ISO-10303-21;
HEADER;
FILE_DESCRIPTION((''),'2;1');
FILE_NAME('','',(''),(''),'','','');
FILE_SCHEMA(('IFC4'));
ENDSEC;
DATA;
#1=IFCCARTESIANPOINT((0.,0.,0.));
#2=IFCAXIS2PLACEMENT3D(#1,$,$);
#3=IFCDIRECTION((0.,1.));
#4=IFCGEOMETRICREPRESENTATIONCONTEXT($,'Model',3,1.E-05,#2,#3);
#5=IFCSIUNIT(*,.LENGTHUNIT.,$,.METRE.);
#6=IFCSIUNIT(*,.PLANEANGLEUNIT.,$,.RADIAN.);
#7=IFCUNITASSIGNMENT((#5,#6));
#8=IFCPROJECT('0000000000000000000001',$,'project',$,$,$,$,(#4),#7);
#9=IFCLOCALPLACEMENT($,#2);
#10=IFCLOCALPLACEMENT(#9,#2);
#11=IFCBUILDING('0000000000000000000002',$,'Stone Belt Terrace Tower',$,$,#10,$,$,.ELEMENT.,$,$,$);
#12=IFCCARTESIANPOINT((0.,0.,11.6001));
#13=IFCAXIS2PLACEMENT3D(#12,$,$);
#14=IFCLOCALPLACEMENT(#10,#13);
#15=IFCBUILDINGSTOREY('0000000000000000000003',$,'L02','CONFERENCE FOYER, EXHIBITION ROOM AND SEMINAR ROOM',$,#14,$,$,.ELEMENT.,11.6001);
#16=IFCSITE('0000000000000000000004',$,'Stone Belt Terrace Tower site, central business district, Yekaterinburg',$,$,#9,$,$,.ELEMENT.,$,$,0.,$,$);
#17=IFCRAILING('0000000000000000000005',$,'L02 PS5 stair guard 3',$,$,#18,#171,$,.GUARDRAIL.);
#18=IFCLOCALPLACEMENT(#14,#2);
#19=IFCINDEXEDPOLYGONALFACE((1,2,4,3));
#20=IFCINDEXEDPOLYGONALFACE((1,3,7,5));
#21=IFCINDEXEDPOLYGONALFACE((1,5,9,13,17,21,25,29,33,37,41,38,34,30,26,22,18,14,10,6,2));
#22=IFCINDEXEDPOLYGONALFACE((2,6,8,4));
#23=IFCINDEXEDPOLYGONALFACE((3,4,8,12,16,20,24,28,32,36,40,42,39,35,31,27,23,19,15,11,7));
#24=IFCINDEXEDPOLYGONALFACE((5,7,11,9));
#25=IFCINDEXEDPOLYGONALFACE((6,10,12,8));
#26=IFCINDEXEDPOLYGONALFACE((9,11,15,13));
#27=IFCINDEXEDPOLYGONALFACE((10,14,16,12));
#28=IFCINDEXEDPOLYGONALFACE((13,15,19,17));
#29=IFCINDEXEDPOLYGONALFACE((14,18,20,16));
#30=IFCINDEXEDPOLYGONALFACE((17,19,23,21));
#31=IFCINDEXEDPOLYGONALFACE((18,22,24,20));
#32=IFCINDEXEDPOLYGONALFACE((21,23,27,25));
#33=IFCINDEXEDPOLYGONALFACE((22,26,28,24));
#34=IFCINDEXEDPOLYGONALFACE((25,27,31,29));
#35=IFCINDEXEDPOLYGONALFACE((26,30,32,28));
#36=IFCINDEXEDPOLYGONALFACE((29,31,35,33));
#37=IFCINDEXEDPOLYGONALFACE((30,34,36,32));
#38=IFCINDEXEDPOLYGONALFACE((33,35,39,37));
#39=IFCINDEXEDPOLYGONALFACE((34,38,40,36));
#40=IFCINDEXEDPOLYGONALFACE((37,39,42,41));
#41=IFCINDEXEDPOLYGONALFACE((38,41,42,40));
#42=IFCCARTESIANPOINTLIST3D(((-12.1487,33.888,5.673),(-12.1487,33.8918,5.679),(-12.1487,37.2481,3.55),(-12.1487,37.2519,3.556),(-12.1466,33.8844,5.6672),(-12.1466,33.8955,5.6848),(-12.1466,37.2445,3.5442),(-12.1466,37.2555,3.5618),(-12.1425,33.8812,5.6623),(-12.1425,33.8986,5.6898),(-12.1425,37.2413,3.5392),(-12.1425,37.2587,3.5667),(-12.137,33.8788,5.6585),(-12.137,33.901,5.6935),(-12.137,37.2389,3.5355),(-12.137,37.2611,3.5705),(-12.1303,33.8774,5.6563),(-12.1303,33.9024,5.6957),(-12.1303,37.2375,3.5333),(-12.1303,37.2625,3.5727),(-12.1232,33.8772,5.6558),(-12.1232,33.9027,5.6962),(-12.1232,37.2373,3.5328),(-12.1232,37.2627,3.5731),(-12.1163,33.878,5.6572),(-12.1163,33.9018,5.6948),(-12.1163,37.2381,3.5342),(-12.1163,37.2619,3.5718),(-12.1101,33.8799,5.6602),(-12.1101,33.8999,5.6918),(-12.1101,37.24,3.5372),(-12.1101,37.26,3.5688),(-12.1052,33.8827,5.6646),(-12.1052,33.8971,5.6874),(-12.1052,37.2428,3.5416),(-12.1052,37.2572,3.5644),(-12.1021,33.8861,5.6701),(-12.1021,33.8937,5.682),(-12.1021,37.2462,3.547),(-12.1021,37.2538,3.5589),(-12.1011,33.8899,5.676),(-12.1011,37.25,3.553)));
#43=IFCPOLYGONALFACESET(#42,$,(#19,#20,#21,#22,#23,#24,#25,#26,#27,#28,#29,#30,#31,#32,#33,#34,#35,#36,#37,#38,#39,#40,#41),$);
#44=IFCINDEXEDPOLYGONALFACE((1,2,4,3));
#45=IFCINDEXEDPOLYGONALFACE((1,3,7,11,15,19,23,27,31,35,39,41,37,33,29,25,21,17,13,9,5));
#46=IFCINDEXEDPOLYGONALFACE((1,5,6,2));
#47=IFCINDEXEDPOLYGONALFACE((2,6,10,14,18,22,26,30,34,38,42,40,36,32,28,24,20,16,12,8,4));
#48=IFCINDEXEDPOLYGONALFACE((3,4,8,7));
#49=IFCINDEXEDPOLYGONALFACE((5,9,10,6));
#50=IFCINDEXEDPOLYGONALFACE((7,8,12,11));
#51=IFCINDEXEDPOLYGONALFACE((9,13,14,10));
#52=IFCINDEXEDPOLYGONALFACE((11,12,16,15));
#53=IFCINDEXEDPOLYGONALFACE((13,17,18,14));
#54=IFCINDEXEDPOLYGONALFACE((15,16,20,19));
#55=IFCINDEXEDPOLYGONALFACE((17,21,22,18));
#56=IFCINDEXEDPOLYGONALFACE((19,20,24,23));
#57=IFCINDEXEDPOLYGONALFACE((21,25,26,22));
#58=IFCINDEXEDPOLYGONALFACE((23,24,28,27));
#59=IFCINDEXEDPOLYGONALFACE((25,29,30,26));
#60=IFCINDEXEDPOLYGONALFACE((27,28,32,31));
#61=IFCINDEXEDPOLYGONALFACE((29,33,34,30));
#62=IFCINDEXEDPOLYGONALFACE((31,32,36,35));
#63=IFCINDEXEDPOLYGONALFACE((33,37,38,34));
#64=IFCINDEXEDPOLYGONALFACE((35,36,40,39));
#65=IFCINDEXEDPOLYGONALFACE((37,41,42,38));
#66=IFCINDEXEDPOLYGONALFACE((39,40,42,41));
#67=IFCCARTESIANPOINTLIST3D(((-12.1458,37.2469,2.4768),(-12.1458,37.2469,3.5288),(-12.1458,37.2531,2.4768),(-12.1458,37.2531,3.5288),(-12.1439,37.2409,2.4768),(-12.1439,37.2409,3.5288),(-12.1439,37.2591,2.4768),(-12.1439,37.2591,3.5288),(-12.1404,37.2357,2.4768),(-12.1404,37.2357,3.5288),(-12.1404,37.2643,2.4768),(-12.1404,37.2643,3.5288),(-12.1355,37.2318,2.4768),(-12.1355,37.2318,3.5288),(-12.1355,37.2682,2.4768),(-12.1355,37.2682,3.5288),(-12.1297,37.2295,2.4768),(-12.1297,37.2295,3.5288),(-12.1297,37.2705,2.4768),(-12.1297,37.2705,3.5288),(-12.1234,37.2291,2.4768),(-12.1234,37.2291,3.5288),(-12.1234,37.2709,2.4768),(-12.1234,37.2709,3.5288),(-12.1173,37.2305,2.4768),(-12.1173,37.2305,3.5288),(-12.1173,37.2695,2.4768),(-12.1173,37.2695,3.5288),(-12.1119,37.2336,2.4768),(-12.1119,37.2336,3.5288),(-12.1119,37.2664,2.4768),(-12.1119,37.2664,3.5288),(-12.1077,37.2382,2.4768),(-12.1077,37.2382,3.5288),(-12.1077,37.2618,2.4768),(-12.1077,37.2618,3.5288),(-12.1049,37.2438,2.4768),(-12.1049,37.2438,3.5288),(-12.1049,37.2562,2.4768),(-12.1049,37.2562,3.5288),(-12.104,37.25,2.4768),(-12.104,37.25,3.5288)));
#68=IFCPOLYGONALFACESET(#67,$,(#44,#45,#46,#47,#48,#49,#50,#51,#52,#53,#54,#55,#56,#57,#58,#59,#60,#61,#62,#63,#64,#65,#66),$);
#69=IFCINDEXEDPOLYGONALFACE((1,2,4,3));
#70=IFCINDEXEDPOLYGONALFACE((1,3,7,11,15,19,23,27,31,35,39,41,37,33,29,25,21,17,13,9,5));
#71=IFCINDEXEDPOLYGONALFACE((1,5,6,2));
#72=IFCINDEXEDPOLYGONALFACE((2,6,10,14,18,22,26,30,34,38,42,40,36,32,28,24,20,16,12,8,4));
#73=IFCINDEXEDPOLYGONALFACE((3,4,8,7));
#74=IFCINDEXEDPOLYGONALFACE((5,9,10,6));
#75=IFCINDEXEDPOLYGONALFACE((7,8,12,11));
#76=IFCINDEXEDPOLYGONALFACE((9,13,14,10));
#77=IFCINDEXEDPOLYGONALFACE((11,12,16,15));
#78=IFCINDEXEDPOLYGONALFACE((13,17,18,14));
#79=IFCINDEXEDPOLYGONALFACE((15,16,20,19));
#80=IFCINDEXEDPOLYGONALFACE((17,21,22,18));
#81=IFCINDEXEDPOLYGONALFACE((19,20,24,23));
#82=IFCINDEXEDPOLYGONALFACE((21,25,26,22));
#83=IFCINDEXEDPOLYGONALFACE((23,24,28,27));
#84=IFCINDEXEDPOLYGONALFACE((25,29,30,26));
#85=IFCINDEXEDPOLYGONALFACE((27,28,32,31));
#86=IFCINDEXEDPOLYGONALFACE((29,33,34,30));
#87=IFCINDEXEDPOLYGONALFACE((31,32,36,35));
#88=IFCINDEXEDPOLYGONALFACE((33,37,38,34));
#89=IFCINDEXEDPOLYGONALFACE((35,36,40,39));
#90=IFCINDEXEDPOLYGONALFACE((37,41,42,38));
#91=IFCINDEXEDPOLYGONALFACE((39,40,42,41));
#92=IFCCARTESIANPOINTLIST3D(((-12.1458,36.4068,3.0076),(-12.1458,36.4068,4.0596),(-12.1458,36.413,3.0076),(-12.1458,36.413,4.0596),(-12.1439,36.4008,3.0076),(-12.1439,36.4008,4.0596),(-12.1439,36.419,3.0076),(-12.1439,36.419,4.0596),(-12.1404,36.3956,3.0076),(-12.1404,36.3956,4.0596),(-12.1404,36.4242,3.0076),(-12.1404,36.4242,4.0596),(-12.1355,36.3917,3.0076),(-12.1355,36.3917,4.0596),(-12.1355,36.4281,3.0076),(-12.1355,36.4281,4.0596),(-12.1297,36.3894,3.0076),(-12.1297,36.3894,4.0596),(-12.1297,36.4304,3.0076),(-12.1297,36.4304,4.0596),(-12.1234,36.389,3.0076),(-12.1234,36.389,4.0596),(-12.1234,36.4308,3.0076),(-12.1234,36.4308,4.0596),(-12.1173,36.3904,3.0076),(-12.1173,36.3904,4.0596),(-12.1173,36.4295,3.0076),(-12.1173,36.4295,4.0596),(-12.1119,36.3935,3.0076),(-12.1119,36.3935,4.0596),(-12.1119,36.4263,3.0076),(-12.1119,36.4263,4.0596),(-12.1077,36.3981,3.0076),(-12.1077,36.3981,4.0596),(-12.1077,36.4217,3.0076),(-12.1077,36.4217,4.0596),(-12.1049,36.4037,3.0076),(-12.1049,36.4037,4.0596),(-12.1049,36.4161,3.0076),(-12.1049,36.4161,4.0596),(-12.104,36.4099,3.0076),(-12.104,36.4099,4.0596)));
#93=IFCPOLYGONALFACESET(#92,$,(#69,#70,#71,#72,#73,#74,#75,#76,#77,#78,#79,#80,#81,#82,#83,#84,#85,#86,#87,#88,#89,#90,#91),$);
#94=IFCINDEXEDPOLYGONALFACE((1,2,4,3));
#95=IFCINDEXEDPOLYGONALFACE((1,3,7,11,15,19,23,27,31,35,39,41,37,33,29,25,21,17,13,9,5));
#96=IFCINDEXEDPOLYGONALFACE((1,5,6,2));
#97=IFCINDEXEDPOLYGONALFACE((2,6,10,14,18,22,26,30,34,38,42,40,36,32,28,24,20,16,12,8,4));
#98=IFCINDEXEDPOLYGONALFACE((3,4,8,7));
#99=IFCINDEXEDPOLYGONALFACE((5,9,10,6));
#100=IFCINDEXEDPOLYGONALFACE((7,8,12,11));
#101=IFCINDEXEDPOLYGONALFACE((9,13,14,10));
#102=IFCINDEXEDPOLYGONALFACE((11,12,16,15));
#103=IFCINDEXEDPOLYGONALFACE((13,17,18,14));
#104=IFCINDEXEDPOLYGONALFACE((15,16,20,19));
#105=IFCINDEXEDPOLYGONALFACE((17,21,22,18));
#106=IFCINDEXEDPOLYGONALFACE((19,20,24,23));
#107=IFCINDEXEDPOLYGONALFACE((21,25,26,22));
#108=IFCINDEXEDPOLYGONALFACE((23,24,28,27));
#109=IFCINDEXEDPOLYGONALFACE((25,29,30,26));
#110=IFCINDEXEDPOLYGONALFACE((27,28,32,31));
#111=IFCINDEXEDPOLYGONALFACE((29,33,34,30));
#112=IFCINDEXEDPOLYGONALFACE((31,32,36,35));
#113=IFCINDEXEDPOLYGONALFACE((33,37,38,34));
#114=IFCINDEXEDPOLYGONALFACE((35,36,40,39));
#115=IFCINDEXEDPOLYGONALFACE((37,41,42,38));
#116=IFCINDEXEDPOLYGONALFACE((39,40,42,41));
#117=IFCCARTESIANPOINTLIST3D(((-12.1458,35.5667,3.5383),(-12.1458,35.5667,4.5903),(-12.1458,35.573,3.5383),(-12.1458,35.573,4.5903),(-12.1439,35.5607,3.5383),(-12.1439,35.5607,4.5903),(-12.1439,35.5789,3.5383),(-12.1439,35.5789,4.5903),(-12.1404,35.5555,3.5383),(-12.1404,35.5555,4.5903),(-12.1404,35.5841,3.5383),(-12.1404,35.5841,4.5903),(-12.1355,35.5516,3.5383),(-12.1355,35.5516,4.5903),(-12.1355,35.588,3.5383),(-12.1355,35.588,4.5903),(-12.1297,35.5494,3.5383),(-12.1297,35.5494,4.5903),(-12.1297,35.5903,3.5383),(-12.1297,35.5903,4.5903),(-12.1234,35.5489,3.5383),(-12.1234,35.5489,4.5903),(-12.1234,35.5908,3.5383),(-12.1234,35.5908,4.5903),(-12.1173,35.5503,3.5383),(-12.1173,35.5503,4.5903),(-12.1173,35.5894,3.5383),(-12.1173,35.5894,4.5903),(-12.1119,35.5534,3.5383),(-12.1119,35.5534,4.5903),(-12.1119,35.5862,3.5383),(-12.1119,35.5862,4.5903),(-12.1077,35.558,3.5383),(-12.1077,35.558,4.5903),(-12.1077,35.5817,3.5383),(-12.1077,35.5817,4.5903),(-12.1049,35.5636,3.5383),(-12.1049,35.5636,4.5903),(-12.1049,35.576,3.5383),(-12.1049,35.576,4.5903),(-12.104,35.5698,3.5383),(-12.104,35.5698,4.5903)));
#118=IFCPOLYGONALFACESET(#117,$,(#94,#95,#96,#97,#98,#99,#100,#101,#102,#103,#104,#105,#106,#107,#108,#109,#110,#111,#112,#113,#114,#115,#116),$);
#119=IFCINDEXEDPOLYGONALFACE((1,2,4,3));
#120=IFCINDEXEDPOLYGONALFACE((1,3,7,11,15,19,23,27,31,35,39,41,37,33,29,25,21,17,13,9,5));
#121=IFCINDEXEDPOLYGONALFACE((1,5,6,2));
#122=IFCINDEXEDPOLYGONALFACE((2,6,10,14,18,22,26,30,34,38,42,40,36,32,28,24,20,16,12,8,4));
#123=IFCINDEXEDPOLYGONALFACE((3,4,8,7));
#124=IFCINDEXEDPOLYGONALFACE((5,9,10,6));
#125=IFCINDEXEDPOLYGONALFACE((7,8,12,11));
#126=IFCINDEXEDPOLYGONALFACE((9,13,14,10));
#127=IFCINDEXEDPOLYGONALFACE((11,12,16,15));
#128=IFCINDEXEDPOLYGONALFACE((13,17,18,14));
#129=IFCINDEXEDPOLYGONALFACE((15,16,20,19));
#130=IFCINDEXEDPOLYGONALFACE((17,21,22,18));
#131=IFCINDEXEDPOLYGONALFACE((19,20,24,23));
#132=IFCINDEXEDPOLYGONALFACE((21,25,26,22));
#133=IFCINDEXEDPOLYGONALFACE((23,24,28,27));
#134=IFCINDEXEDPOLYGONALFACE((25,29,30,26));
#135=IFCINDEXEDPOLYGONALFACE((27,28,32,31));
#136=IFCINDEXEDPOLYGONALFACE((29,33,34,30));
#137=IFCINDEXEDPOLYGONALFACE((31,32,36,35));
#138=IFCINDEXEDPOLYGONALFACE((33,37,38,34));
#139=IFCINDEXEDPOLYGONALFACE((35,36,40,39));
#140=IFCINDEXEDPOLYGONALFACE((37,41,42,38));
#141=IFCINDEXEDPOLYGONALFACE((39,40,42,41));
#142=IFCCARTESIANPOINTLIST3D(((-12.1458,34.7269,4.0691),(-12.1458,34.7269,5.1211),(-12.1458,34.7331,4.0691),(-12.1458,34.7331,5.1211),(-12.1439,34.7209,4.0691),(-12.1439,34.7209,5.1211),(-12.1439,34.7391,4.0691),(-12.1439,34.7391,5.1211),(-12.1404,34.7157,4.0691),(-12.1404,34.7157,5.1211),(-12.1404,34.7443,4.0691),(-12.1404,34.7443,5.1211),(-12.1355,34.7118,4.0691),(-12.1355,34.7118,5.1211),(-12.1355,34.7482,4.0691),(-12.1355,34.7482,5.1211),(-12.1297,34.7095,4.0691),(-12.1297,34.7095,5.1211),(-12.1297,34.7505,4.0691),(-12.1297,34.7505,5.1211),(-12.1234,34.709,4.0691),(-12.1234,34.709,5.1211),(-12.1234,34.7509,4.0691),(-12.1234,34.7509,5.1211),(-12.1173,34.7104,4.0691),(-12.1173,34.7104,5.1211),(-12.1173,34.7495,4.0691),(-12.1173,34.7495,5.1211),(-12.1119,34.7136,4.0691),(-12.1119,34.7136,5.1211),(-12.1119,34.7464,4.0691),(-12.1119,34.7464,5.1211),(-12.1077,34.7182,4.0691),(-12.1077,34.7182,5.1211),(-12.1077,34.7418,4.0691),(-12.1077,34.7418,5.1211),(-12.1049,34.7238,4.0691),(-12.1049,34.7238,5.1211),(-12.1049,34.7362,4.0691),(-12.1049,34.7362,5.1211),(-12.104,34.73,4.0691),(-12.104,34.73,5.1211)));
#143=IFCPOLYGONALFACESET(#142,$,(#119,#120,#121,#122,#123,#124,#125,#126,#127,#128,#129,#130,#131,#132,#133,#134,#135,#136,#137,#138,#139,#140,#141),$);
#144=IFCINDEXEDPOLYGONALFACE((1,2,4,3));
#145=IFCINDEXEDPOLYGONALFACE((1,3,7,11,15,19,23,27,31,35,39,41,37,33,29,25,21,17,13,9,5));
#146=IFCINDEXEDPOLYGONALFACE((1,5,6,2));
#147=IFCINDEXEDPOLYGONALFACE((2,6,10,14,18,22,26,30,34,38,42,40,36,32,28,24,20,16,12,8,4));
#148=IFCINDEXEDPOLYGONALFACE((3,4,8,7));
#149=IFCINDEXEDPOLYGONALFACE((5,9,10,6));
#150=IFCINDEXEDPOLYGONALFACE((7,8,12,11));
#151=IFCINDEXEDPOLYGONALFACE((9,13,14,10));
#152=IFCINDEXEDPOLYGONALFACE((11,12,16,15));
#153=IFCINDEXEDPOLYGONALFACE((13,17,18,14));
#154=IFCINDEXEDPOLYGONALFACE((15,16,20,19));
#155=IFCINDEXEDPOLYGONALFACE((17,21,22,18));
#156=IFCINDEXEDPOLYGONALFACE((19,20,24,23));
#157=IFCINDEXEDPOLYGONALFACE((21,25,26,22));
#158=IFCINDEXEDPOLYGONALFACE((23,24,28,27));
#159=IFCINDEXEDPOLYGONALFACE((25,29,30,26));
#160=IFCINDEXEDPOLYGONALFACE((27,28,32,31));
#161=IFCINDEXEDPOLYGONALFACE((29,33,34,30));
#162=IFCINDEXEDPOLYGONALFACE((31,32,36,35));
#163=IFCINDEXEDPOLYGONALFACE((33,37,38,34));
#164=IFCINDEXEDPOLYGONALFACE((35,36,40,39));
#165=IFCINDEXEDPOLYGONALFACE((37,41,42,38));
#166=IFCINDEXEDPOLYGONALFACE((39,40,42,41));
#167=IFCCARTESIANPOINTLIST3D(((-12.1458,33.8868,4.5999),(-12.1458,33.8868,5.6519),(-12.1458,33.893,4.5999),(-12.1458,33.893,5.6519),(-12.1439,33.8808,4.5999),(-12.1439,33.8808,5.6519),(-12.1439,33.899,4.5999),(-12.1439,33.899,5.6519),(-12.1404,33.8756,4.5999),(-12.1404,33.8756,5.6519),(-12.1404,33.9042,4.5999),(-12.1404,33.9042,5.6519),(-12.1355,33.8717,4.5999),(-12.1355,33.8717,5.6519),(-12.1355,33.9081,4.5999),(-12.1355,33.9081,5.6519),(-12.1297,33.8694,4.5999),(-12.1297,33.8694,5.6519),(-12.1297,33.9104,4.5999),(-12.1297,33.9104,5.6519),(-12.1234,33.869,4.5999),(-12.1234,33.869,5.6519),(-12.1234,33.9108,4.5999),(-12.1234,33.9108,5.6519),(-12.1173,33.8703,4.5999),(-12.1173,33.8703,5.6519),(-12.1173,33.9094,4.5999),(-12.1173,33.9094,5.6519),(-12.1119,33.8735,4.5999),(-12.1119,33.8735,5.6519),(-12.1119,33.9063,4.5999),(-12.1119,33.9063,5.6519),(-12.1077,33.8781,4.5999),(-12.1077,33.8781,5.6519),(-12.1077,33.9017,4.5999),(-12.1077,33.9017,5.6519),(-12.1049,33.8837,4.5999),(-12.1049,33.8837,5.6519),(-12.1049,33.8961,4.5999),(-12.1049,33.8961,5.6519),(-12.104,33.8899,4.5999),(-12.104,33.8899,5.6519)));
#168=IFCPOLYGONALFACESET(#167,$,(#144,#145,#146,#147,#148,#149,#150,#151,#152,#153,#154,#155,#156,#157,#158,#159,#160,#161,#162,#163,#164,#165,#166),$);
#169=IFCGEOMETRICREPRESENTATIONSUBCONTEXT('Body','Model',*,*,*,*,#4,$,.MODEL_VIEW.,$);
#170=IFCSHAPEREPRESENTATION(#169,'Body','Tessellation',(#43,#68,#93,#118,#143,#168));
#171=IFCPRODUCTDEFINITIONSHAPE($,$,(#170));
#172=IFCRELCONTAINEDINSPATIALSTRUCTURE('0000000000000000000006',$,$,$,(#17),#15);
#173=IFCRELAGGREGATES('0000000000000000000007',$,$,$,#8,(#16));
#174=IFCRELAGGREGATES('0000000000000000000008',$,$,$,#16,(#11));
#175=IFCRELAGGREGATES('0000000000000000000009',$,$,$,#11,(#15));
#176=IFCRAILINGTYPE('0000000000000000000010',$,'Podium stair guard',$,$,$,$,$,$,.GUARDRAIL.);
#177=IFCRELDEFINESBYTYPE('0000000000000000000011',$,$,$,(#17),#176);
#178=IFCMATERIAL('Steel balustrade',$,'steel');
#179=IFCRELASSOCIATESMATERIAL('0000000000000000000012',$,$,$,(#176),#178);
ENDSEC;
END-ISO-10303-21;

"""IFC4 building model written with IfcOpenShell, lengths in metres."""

from ifc_helpers import new_model, si_unit, direction, frame, origin, origin_2d, place, context, subcontext, project, spatial, circle, extrude, material, type_object, element, save


model = new_model("IFC4")

# Units and contexts
model_context = context("Model", 3, precision=1e-05, world=origin(), true_north=direction((0.0, 1.0)))
body_context = subcontext(model_context, "Body", "Model", "MODEL_VIEW")
ifc_project = project(units=[si_unit("LENGTHUNIT", "METRE"), si_unit("PLANEANGLEUNIT", "RADIAN")], contexts=[model_context])

# Site, building, storey
site_placement = place(None, origin())
site = spatial("IfcSite", under=ifc_project, at=site_placement, Name="Stone Belt Terrace Tower site, central business district, Yekaterinburg", CompositionType="ELEMENT", RefElevation=0.0)
building_placement = place(site_placement, origin())
building = spatial("IfcBuilding", under=site, at=building_placement, Name="Stone Belt Terrace Tower", CompositionType="ELEMENT")
storey_placement = place(building_placement, frame((0.0, 0.0, 11.6001)))
storey = spatial("IfcBuildingStorey", under=building, at=storey_placement, Name="L02", Description="CONFERENCE FOYER, EXHIBITION ROOM AND SEMINAR ROOM", CompositionType="ELEMENT", Elevation=11.6001)

# Railing
ifc_material_1 = material(Name="Steel balustrade", Category="steel")
railing_type_1 = type_object("IfcRailingType", Name="Podium stair guard", PredefinedType="GUARDRAIL", material=ifc_material_1)
railing_1_placement = place(storey_placement, frame((-12.125, 37.25, 2.4768)))
element("IfcRailing", 1, at=railing_1_placement, inside=storey, type_object=railing_type_1, Name="L02 PS5 stair guard 3", PredefinedType="GUARDRAIL", context=body_context, shape_type="SweptSolid", body=[
    extrude(circle(Radius=0.0239, at=origin_2d()), frame((0.0, 0.0, 1.0762), z_axis=(0.0, -0.84539, 0.53415), x_axis=(1.0, 0.0, 0.0)), (0.0, 0.0, 1.0), 3.9746),
    extrude(circle(Radius=0.021, at=origin_2d()), origin(), (0.0, 0.0, 1.0), 1.052),
    extrude(circle(Radius=0.021, at=origin_2d()), frame((0.0, -0.8401, 0.5308)), (0.0, 0.0, 1.0), 1.052),
    extrude(circle(Radius=0.021, at=origin_2d()), frame((0.0, -1.6802, 1.0615)), (0.0, 0.0, 1.0), 1.052),
    extrude(circle(Radius=0.021, at=origin_2d()), frame((0.0, -2.52, 1.5923)), (0.0, 0.0, 1.0), 1.052),
    extrude(circle(Radius=0.021, at=origin_2d()), frame((0.0, -3.3601, 2.123)), (0.0, 0.0, 1.0), 1.052),
])

save(model, "model.ifc")
